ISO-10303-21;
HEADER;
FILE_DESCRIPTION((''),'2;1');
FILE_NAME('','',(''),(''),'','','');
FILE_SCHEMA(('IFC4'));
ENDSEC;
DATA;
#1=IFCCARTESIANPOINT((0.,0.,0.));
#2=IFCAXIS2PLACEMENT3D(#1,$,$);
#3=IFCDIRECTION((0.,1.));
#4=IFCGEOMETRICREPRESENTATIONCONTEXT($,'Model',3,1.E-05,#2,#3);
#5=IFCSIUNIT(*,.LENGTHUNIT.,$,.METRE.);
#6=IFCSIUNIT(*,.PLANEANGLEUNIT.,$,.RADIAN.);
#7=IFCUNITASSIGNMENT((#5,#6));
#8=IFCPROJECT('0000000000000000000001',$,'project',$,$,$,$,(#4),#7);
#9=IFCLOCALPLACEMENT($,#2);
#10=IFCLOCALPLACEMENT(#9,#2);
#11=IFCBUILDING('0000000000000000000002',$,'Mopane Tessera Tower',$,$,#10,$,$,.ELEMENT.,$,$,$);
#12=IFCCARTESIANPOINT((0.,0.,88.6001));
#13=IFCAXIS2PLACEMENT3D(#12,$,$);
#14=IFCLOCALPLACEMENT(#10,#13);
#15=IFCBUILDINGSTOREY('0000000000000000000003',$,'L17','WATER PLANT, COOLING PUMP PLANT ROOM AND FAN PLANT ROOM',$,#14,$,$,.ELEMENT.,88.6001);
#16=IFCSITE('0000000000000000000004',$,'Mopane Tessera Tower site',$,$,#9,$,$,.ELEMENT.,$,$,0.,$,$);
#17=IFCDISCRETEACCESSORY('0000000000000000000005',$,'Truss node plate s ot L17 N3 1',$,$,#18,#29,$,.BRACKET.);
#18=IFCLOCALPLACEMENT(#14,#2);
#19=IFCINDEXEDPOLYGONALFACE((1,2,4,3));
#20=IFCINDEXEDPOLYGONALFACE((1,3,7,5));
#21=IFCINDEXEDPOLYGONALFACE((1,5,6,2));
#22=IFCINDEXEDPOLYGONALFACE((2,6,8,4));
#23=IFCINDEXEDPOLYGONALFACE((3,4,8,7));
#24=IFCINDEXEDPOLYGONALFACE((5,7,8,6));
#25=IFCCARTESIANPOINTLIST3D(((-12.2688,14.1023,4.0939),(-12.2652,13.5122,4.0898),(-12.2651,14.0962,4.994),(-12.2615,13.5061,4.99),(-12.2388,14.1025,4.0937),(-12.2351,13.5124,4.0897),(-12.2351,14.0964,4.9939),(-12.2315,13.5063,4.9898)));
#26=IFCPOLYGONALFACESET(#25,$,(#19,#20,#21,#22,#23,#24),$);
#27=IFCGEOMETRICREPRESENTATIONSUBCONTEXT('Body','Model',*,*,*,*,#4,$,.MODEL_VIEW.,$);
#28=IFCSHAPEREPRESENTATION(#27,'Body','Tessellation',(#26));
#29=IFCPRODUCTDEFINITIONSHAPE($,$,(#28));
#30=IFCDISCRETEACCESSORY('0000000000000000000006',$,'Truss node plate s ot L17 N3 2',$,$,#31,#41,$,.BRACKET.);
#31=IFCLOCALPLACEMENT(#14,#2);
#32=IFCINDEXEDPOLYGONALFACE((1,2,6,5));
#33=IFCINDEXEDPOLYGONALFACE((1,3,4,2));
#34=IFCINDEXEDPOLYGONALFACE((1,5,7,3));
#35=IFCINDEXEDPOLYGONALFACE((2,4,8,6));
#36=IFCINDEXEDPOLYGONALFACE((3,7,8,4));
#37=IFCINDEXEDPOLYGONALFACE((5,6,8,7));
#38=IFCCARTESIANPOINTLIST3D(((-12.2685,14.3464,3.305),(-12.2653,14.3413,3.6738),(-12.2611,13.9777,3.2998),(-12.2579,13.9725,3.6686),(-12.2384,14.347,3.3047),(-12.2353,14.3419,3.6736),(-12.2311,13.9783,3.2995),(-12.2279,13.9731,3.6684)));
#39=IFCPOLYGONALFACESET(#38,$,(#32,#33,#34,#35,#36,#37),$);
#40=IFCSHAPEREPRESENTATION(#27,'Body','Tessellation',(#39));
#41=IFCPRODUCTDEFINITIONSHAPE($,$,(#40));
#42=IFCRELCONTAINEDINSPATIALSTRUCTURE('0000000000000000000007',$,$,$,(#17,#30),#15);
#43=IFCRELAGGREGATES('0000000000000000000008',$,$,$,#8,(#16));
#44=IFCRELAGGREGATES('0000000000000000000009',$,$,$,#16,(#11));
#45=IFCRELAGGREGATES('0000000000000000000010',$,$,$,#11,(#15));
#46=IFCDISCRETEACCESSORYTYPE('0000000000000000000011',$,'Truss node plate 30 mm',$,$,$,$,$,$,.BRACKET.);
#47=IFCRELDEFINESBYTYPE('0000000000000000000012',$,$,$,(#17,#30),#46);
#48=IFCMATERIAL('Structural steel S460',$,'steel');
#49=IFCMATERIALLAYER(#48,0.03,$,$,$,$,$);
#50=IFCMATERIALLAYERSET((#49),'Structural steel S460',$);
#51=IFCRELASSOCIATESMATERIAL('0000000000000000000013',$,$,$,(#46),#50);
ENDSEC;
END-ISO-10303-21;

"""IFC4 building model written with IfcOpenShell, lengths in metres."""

from ifc_helpers import new_model, si_unit, direction, frame, origin, origin_2d, place, context, subcontext, project, spatial, rectangle, extrude, material, layer, layer_set, type_object, element, save


model = new_model("IFC4")

# Units and contexts
model_context = context("Model", 3, precision=1e-05, world=origin(), true_north=direction((0.0, 1.0)))
body_context = subcontext(model_context, "Body", "Model", "MODEL_VIEW")
ifc_project = project(units=[si_unit("LENGTHUNIT", "METRE"), si_unit("PLANEANGLEUNIT", "RADIAN")], contexts=[model_context])

# Site, building, storey
site_placement = place(None, origin())
site = spatial("IfcSite", under=ifc_project, at=site_placement, Name="Mopane Tessera Tower site", CompositionType="ELEMENT", RefElevation=0.0)
building_placement = place(site_placement, origin())
building = spatial("IfcBuilding", under=site, at=building_placement, Name="Mopane Tessera Tower", CompositionType="ELEMENT")
storey_placement = place(building_placement, frame((0.0, 0.0, 88.6001)))
storey = spatial("IfcBuildingStorey", under=building, at=storey_placement, Name="L17", Description="WATER PLANT, COOLING PUMP PLANT ROOM AND FAN PLANT ROOM", CompositionType="ELEMENT", Elevation=88.6001)

# Discrete accessories
ifc_material_1 = material(Name="Structural steel S460", Category="steel")
ifc_layer_1 = layer(ifc_material_1, 0.03)
ifc_layer_set_1 = layer_set([ifc_layer_1], Name="Structural steel S460")
discrete_accessory_type_1 = type_object("IfcDiscreteAccessoryType", Name="Truss node plate 30 mm", PredefinedType="BRACKET", material=ifc_layer_set_1)
discrete_accessory_1_placement = place(storey_placement, frame((-12.252, 13.8074, 4.0918), z_axis=(0.004068, -0.00678, 0.999969), x_axis=(-0.999973, -0.006169, 0.004026)))
element("IfcDiscreteAccessory", 1, at=discrete_accessory_1_placement, inside=storey, type_object=discrete_accessory_type_1, Name="Truss node plate s ot L17 N3 1", PredefinedType="BRACKET", context=body_context, shape_type="SweptSolid", body=[
    extrude(rectangle(XDim=0.03, YDim=0.5901, at=origin_2d()), origin(), (0.0, 0.0, 1.0), 0.9001),
])
discrete_accessory_2_placement = place(storey_placement, frame((-12.2498, 14.1624, 3.3022), z_axis=(0.008602, -0.013896, 0.999866), x_axis=(-0.999762, -0.020145, 0.008322)))
element("IfcDiscreteAccessory", 2, at=discrete_accessory_2_placement, inside=storey, type_object=discrete_accessory_type_1, Name="Truss node plate s ot L17 N3 2", PredefinedType="BRACKET", context=body_context, shape_type="SweptSolid", body=[
    extrude(rectangle(XDim=0.03, YDim=0.3689, at=origin_2d()), origin(), (0.0, 0.0, 1.0), 0.3689),
])

save(model, "model.ifc")
